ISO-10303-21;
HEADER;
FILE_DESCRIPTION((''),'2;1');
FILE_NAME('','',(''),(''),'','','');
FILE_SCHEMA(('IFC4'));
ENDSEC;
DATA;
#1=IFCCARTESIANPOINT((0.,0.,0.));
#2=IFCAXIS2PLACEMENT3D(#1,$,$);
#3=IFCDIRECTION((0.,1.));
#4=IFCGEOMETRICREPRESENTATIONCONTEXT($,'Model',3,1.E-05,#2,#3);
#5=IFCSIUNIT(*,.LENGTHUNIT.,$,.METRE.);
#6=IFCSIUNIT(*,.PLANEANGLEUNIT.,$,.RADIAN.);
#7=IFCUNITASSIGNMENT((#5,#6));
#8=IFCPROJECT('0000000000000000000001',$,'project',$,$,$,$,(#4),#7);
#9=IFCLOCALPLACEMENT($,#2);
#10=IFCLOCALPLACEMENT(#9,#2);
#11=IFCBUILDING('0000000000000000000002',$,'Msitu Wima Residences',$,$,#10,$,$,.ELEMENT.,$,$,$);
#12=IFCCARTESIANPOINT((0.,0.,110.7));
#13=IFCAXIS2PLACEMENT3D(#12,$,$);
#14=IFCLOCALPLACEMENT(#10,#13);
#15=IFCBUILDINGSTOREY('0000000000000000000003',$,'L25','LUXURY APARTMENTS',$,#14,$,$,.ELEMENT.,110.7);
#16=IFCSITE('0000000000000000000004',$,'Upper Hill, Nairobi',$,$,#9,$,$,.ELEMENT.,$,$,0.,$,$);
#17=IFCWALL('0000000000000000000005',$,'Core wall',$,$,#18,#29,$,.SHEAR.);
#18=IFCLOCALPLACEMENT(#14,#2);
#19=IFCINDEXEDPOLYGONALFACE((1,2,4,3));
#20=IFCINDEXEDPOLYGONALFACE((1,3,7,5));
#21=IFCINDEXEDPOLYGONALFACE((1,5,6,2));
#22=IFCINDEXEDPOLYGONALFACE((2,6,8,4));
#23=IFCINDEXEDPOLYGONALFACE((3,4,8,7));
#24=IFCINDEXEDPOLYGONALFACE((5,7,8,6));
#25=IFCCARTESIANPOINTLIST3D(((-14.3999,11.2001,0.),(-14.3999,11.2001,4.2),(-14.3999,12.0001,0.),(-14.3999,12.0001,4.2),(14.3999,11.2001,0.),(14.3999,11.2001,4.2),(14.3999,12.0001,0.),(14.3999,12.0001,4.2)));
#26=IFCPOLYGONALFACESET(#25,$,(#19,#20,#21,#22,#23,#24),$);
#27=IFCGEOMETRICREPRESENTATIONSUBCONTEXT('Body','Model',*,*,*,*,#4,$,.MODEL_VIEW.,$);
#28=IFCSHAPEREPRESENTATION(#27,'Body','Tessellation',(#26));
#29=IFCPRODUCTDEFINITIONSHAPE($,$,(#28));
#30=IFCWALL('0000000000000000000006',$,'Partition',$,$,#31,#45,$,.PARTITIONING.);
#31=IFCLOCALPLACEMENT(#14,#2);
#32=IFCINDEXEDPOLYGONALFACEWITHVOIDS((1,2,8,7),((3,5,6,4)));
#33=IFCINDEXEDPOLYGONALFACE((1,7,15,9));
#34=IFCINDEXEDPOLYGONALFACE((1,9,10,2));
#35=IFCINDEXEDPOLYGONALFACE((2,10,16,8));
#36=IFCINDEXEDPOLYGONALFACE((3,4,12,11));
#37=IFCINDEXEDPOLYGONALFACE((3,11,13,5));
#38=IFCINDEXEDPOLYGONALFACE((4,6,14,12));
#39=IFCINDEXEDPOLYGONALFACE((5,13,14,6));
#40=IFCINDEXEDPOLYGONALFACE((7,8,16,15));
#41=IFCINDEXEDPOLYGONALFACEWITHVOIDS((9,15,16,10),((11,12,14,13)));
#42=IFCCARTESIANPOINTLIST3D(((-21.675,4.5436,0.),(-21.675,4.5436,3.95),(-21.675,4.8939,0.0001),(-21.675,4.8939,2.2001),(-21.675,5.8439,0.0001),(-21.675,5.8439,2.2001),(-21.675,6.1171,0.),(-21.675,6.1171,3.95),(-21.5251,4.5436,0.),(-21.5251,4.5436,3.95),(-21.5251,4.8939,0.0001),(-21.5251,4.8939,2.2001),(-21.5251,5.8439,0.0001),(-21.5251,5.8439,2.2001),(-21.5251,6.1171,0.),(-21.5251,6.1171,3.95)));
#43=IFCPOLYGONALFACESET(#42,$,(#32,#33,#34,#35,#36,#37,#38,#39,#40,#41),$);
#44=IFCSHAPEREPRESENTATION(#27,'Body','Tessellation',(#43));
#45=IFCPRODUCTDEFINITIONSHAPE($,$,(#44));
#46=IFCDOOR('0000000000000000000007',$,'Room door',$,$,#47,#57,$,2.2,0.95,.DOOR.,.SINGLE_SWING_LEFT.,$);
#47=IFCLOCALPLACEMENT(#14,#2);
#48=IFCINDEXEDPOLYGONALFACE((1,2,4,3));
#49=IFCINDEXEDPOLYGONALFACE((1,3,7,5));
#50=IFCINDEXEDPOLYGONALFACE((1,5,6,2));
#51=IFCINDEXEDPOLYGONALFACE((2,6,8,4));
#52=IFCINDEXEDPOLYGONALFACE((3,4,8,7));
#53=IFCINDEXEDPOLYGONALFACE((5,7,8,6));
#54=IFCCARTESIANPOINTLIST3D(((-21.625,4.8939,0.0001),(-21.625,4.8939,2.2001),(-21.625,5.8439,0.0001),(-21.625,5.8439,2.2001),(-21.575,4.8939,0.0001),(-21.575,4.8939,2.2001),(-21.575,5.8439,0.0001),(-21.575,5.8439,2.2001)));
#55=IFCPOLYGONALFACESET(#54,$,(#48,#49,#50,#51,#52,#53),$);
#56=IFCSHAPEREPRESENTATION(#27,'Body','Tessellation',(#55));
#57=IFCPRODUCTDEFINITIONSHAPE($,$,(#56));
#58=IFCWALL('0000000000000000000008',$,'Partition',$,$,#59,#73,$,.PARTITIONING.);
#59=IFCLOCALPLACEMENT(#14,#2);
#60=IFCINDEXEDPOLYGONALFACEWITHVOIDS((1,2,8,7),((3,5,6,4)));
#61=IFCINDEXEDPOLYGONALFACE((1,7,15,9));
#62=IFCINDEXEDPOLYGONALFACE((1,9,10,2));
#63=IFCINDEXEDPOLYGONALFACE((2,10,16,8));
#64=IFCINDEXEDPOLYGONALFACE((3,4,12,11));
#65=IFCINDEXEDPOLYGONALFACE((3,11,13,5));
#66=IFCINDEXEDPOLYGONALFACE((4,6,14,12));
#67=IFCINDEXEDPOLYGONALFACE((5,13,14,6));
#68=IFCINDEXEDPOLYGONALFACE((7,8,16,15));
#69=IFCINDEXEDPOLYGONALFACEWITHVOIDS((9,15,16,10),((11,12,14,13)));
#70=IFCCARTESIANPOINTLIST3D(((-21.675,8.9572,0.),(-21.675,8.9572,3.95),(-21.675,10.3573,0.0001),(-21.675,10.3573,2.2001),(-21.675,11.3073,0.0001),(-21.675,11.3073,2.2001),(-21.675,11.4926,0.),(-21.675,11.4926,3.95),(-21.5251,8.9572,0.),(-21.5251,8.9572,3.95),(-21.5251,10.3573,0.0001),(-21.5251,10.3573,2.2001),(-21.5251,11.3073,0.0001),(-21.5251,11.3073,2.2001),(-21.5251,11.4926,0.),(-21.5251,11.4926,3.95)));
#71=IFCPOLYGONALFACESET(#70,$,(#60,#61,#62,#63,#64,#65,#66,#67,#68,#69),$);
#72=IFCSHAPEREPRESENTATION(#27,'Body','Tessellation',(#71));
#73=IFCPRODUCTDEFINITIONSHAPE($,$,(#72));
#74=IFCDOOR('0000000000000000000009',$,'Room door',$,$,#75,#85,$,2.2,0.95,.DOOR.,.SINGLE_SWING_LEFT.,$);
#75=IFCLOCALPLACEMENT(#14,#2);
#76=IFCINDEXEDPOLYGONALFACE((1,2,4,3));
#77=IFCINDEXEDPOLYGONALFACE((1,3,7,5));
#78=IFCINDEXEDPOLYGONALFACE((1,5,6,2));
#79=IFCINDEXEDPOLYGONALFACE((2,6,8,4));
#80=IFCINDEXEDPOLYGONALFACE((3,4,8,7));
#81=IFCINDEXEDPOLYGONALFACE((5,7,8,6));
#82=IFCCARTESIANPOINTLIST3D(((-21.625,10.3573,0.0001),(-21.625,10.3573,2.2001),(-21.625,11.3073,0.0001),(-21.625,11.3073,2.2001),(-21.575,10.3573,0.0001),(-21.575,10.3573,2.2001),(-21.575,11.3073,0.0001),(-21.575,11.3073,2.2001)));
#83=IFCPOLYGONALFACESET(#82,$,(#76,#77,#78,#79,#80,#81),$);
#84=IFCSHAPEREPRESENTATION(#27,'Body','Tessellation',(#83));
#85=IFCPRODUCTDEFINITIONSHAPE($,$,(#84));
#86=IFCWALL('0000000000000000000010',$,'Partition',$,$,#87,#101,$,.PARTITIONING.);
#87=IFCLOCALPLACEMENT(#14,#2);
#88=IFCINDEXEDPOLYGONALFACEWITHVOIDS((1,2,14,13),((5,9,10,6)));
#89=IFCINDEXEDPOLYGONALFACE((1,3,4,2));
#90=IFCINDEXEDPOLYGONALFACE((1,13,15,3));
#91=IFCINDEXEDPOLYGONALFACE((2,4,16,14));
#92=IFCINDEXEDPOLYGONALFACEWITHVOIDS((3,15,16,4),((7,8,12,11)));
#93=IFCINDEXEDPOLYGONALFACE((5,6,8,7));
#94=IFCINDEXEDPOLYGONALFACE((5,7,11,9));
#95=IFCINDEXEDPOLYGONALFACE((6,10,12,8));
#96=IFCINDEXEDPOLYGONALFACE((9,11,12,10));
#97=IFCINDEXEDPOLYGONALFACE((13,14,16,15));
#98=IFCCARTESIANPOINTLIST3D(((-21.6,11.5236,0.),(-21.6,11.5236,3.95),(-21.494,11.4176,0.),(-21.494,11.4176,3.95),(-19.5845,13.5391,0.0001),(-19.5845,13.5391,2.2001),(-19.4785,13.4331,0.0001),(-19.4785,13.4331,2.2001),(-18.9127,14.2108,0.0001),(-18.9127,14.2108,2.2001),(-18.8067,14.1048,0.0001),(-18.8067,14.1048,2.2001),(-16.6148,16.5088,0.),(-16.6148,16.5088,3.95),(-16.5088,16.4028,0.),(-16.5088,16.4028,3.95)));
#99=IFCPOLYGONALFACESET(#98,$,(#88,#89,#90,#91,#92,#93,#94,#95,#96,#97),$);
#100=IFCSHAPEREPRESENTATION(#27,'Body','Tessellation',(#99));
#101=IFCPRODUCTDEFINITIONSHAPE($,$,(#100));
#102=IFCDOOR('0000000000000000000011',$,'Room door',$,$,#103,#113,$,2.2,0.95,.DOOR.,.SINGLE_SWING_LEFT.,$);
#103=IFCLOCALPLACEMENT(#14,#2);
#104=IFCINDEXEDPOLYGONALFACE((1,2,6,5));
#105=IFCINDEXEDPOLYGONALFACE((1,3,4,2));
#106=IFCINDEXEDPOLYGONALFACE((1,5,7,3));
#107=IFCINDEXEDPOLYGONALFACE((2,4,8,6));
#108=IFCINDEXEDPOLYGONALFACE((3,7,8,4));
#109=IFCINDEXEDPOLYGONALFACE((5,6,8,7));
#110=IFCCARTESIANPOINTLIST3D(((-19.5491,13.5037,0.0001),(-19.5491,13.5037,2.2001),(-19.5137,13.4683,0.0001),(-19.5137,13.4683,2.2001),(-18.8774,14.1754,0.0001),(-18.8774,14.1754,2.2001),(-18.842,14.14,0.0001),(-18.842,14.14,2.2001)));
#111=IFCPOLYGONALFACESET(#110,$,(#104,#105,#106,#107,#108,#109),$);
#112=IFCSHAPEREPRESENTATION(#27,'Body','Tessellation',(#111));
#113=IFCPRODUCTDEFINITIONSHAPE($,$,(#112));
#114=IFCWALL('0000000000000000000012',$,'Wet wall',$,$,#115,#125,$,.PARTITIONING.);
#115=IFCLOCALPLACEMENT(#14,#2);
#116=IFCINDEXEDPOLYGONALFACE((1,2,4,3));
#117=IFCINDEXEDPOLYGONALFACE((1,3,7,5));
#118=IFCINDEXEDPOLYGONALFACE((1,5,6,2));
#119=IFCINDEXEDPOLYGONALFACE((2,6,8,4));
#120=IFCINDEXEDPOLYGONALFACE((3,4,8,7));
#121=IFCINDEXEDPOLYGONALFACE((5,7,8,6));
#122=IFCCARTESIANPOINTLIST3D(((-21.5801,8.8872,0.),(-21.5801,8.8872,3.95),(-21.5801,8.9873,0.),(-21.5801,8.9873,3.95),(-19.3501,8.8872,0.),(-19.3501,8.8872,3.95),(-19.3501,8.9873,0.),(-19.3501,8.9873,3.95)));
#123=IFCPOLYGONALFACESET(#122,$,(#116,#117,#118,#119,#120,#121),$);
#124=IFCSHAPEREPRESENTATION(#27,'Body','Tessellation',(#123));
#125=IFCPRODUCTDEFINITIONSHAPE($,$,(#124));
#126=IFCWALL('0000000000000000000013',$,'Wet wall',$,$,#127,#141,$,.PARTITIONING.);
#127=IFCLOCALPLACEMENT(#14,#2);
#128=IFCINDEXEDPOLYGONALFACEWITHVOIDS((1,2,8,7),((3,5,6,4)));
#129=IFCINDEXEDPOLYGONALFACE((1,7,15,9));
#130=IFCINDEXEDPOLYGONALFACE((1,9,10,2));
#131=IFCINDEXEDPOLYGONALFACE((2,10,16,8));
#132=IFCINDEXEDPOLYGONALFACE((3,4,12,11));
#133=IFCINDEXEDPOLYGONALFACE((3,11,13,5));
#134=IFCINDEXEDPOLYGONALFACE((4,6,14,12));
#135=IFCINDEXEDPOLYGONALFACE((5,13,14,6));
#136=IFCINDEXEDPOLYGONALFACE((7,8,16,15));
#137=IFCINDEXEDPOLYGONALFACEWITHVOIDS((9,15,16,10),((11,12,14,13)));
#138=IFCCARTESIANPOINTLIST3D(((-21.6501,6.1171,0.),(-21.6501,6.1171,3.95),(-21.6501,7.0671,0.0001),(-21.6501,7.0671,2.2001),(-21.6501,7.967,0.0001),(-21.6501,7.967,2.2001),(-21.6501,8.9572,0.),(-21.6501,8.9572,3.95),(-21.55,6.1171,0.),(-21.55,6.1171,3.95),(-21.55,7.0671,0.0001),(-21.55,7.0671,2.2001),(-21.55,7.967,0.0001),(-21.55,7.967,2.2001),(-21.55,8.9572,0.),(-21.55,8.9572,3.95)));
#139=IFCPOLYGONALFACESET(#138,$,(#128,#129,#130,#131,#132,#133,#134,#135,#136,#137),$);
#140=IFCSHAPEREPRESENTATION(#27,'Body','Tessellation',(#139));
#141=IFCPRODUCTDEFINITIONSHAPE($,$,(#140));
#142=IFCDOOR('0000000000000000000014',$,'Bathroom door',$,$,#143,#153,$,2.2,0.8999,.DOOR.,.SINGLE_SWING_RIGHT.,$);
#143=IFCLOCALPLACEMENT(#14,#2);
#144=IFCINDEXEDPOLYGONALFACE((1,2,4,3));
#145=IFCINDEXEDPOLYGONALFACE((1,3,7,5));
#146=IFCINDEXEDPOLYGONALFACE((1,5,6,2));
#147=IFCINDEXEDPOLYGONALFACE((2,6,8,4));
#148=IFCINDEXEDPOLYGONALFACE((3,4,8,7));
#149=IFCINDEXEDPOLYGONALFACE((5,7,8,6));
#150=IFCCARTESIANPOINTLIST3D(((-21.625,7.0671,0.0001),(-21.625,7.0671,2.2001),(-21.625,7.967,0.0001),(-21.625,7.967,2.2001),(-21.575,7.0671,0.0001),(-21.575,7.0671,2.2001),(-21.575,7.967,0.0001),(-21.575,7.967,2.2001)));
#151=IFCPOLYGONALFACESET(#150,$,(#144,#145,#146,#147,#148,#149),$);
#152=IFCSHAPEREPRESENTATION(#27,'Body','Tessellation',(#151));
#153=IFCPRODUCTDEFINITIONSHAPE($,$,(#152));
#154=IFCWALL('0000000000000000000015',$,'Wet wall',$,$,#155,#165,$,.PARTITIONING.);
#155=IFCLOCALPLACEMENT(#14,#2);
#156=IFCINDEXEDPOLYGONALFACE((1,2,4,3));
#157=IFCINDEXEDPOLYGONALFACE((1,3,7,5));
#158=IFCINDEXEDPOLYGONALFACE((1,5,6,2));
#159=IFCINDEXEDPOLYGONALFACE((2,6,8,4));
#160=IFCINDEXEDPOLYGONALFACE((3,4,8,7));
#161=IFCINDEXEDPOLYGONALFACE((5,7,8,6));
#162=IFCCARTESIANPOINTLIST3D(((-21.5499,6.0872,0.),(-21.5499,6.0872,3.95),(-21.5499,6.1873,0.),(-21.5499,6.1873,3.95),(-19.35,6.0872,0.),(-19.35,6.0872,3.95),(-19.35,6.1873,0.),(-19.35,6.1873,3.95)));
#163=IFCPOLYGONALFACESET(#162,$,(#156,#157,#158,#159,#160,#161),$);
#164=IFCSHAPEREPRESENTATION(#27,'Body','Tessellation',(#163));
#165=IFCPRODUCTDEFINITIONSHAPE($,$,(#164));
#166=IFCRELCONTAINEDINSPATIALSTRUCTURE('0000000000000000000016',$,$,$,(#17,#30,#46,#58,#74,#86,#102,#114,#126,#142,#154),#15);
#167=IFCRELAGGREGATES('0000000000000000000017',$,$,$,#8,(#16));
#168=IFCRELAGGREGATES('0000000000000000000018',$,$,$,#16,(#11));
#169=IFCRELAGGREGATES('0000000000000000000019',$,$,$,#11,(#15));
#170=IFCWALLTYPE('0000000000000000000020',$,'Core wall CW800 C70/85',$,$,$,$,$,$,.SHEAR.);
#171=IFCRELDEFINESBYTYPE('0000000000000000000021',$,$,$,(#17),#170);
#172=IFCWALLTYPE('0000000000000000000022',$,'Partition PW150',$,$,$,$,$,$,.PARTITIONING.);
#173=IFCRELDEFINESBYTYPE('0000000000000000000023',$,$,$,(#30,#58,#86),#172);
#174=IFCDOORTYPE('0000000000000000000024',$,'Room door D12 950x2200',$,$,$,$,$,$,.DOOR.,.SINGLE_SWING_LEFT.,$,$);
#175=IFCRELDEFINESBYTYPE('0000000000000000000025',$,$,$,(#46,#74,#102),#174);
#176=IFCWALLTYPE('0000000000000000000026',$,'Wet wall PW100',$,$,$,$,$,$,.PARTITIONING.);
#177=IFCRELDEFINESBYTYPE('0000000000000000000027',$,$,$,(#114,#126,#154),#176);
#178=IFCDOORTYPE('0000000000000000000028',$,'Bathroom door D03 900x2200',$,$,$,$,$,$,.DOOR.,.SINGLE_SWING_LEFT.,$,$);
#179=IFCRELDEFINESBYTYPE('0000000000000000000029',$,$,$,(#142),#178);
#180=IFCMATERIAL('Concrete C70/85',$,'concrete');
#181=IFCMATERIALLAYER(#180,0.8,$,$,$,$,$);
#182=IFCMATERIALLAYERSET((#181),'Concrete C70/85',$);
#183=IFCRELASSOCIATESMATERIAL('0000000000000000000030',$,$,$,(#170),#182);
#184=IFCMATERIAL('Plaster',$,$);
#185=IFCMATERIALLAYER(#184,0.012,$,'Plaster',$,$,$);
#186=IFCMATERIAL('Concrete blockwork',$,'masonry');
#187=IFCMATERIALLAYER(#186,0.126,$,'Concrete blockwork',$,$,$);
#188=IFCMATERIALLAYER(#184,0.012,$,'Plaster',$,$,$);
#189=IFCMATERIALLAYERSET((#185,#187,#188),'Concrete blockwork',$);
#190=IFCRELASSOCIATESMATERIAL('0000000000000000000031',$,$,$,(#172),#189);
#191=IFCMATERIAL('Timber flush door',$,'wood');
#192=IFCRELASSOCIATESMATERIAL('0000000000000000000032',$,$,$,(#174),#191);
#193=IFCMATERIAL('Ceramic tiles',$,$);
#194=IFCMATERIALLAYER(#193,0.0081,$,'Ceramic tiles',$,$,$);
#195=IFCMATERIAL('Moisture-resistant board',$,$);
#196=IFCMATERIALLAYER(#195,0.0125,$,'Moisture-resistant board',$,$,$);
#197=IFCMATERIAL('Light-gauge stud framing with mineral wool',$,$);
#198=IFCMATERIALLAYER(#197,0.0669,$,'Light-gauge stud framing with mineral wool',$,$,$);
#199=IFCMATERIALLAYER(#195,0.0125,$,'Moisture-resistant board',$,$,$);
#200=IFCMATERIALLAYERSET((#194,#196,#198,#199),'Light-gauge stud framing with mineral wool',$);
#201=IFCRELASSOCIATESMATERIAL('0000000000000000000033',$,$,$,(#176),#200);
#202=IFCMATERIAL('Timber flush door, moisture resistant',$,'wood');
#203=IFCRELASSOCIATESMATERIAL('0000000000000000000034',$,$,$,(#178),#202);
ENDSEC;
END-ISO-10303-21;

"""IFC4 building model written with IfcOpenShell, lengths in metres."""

from ifc_helpers import new_model, si_unit, direction, frame, frame_2d, origin, place, context, subcontext, project, spatial, rectangle, extrude, material, layer, layer_set, type_object, element, fill, save


model = new_model("IFC4")

# Units and contexts
model_context = context("Model", 3, precision=1e-05, world=origin(), true_north=direction((0.0, 1.0)))
body_context = subcontext(model_context, "Body", "Model", "MODEL_VIEW")
ifc_project = project(units=[si_unit("LENGTHUNIT", "METRE"), si_unit("PLANEANGLEUNIT", "RADIAN")], contexts=[model_context])

# Site, building, storey
site_placement = place(None, origin())
site = spatial("IfcSite", under=ifc_project, at=site_placement, Name="Upper Hill, Nairobi", CompositionType="ELEMENT", RefElevation=0.0)
building_placement = place(site_placement, origin())
building = spatial("IfcBuilding", under=site, at=building_placement, Name="Msitu Wima Residences", CompositionType="ELEMENT")
storey_placement = place(building_placement, frame((0.0, 0.0, 110.7)))
storey = spatial("IfcBuildingStorey", under=building, at=storey_placement, Name="L25", Description="LUXURY APARTMENTS", CompositionType="ELEMENT", Elevation=110.7)

# Wall
ifc_material_1 = material(Name="Concrete C70/85", Category="concrete")
ifc_layer_1 = layer(ifc_material_1, 0.8)
ifc_layer_set_1 = layer_set([ifc_layer_1], Name="Concrete C70/85")
wall_type_1 = type_object("IfcWallType", Name="Core wall CW800 C70/85", PredefinedType="SHEAR", material=ifc_layer_set_1)
wall_1_placement = place(storey_placement, frame((-14.3999, 11.6001, 0.0), z_axis=(0.0, 0.0, 1.0), x_axis=(1.0, 0.0, 0.0)))
element("IfcWall", 1, at=wall_1_placement, inside=storey, type_object=wall_type_1, Name="Core wall", PredefinedType="SHEAR", context=body_context, shape_type="SweptSolid", body=[
    extrude(rectangle(XDim=28.7998, YDim=0.8, at=frame_2d((14.3999, 0.0))), origin(), (0.0, 0.0, 1.0), 4.2),
])

# Walls, openings, doors
ifc_material_2 = material(Name="Plaster")
ifc_layer_2 = layer(ifc_material_2, 0.012, Name="Plaster")
ifc_material_3 = material(Name="Concrete blockwork", Category="masonry")
ifc_layer_3 = layer(ifc_material_3, 0.126, Name="Concrete blockwork")
ifc_layer_4 = layer(ifc_material_2, 0.012, Name="Plaster")
ifc_layer_set_2 = layer_set([ifc_layer_2, ifc_layer_3, ifc_layer_4], Name="Concrete blockwork")
wall_type_2 = type_object("IfcWallType", Name="Partition PW150", PredefinedType="PARTITIONING", material=ifc_layer_set_2)
wall_2_placement = place(storey_placement, frame((-21.6001, 4.5437, 0.0), z_axis=(0.0, 0.0, 1.0), x_axis=(0.0, 1.0, 0.0)))
wall_2 = element("IfcWall", 2, at=wall_2_placement, inside=storey, type_object=wall_type_2, Name="Partition", PredefinedType="PARTITIONING", context=body_context, shape_type="SweptSolid", body=[
    extrude(rectangle(XDim=1.5735, YDim=0.1499, at=frame_2d((0.7866, 0.0))), origin(), (0.0, 0.0, 1.0), 3.95),
])
opening_1_placement = place(wall_2_placement, frame((0.3501, 0.0, 0.0)))
opening_1 = element("IfcOpeningElement", 3, at=opening_1_placement, cuts=wall_2, PredefinedType="OPENING", context=body_context, shape_type="SweptSolid", body=[
    extrude(rectangle(XDim=0.95, YDim=2.2, at=frame_2d((0.4751, 1.1001))), frame((0.0, 0.085, 0.0), z_axis=(0.0, -1.0, 0.0), x_axis=(1.0, 0.0, 0.0)), (0.0, 0.0, 1.0), 0.1699),
])
ifc_material_4 = material(Name="Timber flush door", Category="wood")
door_type_1 = type_object("IfcDoorType", Name="Room door D12 950x2200", OperationType="SINGLE_SWING_LEFT", PredefinedType="DOOR", material=ifc_material_4)
door_1_placement = place(opening_1_placement, origin())
door_1 = element("IfcDoor", 4, at=door_1_placement, inside=storey, type_object=door_type_1, Name="Room door", OperationType="SINGLE_SWING_LEFT", OverallHeight=2.2, OverallWidth=0.95, PredefinedType="DOOR", context=body_context, shape_type="SweptSolid", body=[
    extrude(rectangle(XDim=0.95, YDim=2.2, at=frame_2d((0.4751, 1.1001))), frame((0.0, 0.0249, 0.0), z_axis=(0.0, -1.0, 0.0), x_axis=(1.0, 0.0, 0.0)), (0.0, 0.0, 1.0), 0.05),
])
fill(opening_1, door_1)
wall_3_placement = place(storey_placement, frame((-21.6001, 8.9573, 0.0), z_axis=(0.0, 0.0, 1.0), x_axis=(0.0, 1.0, 0.0)))
wall_3 = element("IfcWall", 5, at=wall_3_placement, inside=storey, type_object=wall_type_2, Name="Partition", PredefinedType="PARTITIONING", context=body_context, shape_type="SweptSolid", body=[
    extrude(rectangle(XDim=2.5354, YDim=0.1499, at=frame_2d((1.2676, 0.0))), origin(), (0.0, 0.0, 1.0), 3.95),
])
opening_2_placement = place(wall_3_placement, frame((1.3999, 0.0, 0.0)))
opening_2 = element("IfcOpeningElement", 6, at=opening_2_placement, cuts=wall_3, PredefinedType="OPENING", context=body_context, shape_type="SweptSolid", body=[
    extrude(rectangle(XDim=0.95, YDim=2.2, at=frame_2d((0.4751, 1.1001))), frame((0.0, 0.085, 0.0), z_axis=(0.0, -1.0, 0.0), x_axis=(1.0, 0.0, 0.0)), (0.0, 0.0, 1.0), 0.1699),
])
door_2_placement = place(opening_2_placement, origin())
door_2 = element("IfcDoor", 7, at=door_2_placement, inside=storey, type_object=door_type_1, Name="Room door", OperationType="SINGLE_SWING_LEFT", OverallHeight=2.2, OverallWidth=0.95, PredefinedType="DOOR", context=body_context, shape_type="SweptSolid", body=[
    extrude(rectangle(XDim=0.95, YDim=2.2, at=frame_2d((0.4751, 1.1001))), frame((0.0, 0.0249, 0.0), z_axis=(0.0, -1.0, 0.0), x_axis=(1.0, 0.0, 0.0)), (0.0, 0.0, 1.0), 0.05),
])
fill(opening_2, door_2)
wall_4_placement = place(storey_placement, frame((-21.5469, 11.4707, 0.0), z_axis=(0.0, 0.0, 1.0), x_axis=(0.707107, 0.707107, 0.0)))
wall_4 = element("IfcWall", 8, at=wall_4_placement, inside=storey, type_object=wall_type_2, Name="Partition", PredefinedType="PARTITIONING", context=body_context, shape_type="SweptSolid", body=[
    extrude(rectangle(XDim=7.05, YDim=0.1499, at=frame_2d((3.5249, 0.0))), origin(), (0.0, 0.0, 1.0), 3.95),
])
opening_3_placement = place(wall_4_placement, frame((2.8501, 0.0, 0.0)))
opening_3 = element("IfcOpeningElement", 9, at=opening_3_placement, cuts=wall_4, PredefinedType="OPENING", context=body_context, shape_type="SweptSolid", body=[
    extrude(rectangle(XDim=0.95, YDim=2.2, at=frame_2d((0.4751, 1.1001))), frame((0.0, 0.085, 0.0), z_axis=(0.0, -1.0, 0.0), x_axis=(1.0, 0.0, 0.0)), (0.0, 0.0, 1.0), 0.1699),
])
door_3_placement = place(opening_3_placement, origin())
door_3 = element("IfcDoor", 10, at=door_3_placement, inside=storey, type_object=door_type_1, Name="Room door", OperationType="SINGLE_SWING_LEFT", OverallHeight=2.2, OverallWidth=0.95, PredefinedType="DOOR", context=body_context, shape_type="SweptSolid", body=[
    extrude(rectangle(XDim=0.95, YDim=2.2, at=frame_2d((0.4751, 1.1001))), frame((0.0, 0.0249, 0.0), z_axis=(0.0, -1.0, 0.0), x_axis=(1.0, 0.0, 0.0)), (0.0, 0.0, 1.0), 0.05),
])
fill(opening_3, door_3)

# Wall
ifc_material_5 = material(Name="Ceramic tiles")
ifc_layer_5 = layer(ifc_material_5, 0.0081, Name="Ceramic tiles")
ifc_material_6 = material(Name="Moisture-resistant board")
ifc_layer_6 = layer(ifc_material_6, 0.0125, Name="Moisture-resistant board")
ifc_material_7 = material(Name="Light-gauge stud framing with mineral wool")
ifc_layer_7 = layer(ifc_material_7, 0.0669, Name="Light-gauge stud framing with mineral wool")
ifc_layer_8 = layer(ifc_material_6, 0.0125, Name="Moisture-resistant board")
ifc_layer_set_3 = layer_set([ifc_layer_5, ifc_layer_6, ifc_layer_7, ifc_layer_8], Name="Light-gauge stud framing with mineral wool")
wall_type_3 = type_object("IfcWallType", Name="Wet wall PW100", PredefinedType="PARTITIONING", material=ifc_layer_set_3)
wall_5_placement = place(storey_placement, frame((-21.5801, 8.9373, 0.0), z_axis=(0.0, 0.0, 1.0), x_axis=(1.0, 0.0, 0.0)))
element("IfcWall", 11, at=wall_5_placement, inside=storey, type_object=wall_type_3, Name="Wet wall", PredefinedType="PARTITIONING", context=body_context, shape_type="SweptSolid", body=[
    extrude(rectangle(XDim=2.23, YDim=0.1001, at=frame_2d((1.115, 0.0))), origin(), (0.0, 0.0, 1.0), 3.95),
])

# Wall, opening, door
wall_6_placement = place(storey_placement, frame((-21.6001, 6.1172, 0.0), z_axis=(0.0, 0.0, 1.0), x_axis=(0.0, 1.0, 0.0)))
wall_6 = element("IfcWall", 12, at=wall_6_placement, inside=storey, type_object=wall_type_3, Name="Wet wall", PredefinedType="PARTITIONING", context=body_context, shape_type="SweptSolid", body=[
    extrude(rectangle(XDim=2.8401, YDim=0.1001, at=frame_2d((1.4199, 0.0))), origin(), (0.0, 0.0, 1.0), 3.95),
])
opening_4_placement = place(wall_6_placement, frame((0.95, 0.0, 0.0)))
opening_4 = element("IfcOpeningElement", 13, at=opening_4_placement, cuts=wall_6, PredefinedType="OPENING", context=body_context, shape_type="SweptSolid", body=[
    extrude(rectangle(XDim=0.8999, YDim=2.2, at=frame_2d((0.45, 1.1001))), frame((0.0, 0.0601, 0.0), z_axis=(0.0, -1.0, 0.0), x_axis=(1.0, 0.0, 0.0)), (0.0, 0.0, 1.0), 0.1201),
])
ifc_material_8 = material(Name="Timber flush door, moisture resistant", Category="wood")
door_type_2 = type_object("IfcDoorType", Name="Bathroom door D03 900x2200", OperationType="SINGLE_SWING_LEFT", PredefinedType="DOOR", material=ifc_material_8)
door_4_placement = place(opening_4_placement, origin())
door_4 = element("IfcDoor", 14, at=door_4_placement, inside=storey, type_object=door_type_2, Name="Bathroom door", OperationType="SINGLE_SWING_RIGHT", OverallHeight=2.2, OverallWidth=0.8999, PredefinedType="DOOR", context=body_context, shape_type="SweptSolid", body=[
    extrude(rectangle(XDim=0.8999, YDim=2.2, at=frame_2d((0.45, 1.1001))), frame((0.0, 0.0249, 0.0), z_axis=(0.0, -1.0, 0.0), x_axis=(1.0, 0.0, 0.0)), (0.0, 0.0, 1.0), 0.05),
])
fill(opening_4, door_4)

# Wall
wall_7_placement = place(storey_placement, frame((-21.55, 6.1372, 0.0), z_axis=(0.0, 0.0, 1.0), x_axis=(1.0, 0.0, 0.0)))
element("IfcWall", 15, at=wall_7_placement, inside=storey, type_object=wall_type_3, Name="Wet wall", PredefinedType="PARTITIONING", context=body_context, shape_type="SweptSolid", body=[
    extrude(rectangle(XDim=2.2, YDim=0.1001, at=frame_2d((1.1001, 0.0))), origin(), (0.0, 0.0, 1.0), 3.95),
])

save(model, "model.ifc")
